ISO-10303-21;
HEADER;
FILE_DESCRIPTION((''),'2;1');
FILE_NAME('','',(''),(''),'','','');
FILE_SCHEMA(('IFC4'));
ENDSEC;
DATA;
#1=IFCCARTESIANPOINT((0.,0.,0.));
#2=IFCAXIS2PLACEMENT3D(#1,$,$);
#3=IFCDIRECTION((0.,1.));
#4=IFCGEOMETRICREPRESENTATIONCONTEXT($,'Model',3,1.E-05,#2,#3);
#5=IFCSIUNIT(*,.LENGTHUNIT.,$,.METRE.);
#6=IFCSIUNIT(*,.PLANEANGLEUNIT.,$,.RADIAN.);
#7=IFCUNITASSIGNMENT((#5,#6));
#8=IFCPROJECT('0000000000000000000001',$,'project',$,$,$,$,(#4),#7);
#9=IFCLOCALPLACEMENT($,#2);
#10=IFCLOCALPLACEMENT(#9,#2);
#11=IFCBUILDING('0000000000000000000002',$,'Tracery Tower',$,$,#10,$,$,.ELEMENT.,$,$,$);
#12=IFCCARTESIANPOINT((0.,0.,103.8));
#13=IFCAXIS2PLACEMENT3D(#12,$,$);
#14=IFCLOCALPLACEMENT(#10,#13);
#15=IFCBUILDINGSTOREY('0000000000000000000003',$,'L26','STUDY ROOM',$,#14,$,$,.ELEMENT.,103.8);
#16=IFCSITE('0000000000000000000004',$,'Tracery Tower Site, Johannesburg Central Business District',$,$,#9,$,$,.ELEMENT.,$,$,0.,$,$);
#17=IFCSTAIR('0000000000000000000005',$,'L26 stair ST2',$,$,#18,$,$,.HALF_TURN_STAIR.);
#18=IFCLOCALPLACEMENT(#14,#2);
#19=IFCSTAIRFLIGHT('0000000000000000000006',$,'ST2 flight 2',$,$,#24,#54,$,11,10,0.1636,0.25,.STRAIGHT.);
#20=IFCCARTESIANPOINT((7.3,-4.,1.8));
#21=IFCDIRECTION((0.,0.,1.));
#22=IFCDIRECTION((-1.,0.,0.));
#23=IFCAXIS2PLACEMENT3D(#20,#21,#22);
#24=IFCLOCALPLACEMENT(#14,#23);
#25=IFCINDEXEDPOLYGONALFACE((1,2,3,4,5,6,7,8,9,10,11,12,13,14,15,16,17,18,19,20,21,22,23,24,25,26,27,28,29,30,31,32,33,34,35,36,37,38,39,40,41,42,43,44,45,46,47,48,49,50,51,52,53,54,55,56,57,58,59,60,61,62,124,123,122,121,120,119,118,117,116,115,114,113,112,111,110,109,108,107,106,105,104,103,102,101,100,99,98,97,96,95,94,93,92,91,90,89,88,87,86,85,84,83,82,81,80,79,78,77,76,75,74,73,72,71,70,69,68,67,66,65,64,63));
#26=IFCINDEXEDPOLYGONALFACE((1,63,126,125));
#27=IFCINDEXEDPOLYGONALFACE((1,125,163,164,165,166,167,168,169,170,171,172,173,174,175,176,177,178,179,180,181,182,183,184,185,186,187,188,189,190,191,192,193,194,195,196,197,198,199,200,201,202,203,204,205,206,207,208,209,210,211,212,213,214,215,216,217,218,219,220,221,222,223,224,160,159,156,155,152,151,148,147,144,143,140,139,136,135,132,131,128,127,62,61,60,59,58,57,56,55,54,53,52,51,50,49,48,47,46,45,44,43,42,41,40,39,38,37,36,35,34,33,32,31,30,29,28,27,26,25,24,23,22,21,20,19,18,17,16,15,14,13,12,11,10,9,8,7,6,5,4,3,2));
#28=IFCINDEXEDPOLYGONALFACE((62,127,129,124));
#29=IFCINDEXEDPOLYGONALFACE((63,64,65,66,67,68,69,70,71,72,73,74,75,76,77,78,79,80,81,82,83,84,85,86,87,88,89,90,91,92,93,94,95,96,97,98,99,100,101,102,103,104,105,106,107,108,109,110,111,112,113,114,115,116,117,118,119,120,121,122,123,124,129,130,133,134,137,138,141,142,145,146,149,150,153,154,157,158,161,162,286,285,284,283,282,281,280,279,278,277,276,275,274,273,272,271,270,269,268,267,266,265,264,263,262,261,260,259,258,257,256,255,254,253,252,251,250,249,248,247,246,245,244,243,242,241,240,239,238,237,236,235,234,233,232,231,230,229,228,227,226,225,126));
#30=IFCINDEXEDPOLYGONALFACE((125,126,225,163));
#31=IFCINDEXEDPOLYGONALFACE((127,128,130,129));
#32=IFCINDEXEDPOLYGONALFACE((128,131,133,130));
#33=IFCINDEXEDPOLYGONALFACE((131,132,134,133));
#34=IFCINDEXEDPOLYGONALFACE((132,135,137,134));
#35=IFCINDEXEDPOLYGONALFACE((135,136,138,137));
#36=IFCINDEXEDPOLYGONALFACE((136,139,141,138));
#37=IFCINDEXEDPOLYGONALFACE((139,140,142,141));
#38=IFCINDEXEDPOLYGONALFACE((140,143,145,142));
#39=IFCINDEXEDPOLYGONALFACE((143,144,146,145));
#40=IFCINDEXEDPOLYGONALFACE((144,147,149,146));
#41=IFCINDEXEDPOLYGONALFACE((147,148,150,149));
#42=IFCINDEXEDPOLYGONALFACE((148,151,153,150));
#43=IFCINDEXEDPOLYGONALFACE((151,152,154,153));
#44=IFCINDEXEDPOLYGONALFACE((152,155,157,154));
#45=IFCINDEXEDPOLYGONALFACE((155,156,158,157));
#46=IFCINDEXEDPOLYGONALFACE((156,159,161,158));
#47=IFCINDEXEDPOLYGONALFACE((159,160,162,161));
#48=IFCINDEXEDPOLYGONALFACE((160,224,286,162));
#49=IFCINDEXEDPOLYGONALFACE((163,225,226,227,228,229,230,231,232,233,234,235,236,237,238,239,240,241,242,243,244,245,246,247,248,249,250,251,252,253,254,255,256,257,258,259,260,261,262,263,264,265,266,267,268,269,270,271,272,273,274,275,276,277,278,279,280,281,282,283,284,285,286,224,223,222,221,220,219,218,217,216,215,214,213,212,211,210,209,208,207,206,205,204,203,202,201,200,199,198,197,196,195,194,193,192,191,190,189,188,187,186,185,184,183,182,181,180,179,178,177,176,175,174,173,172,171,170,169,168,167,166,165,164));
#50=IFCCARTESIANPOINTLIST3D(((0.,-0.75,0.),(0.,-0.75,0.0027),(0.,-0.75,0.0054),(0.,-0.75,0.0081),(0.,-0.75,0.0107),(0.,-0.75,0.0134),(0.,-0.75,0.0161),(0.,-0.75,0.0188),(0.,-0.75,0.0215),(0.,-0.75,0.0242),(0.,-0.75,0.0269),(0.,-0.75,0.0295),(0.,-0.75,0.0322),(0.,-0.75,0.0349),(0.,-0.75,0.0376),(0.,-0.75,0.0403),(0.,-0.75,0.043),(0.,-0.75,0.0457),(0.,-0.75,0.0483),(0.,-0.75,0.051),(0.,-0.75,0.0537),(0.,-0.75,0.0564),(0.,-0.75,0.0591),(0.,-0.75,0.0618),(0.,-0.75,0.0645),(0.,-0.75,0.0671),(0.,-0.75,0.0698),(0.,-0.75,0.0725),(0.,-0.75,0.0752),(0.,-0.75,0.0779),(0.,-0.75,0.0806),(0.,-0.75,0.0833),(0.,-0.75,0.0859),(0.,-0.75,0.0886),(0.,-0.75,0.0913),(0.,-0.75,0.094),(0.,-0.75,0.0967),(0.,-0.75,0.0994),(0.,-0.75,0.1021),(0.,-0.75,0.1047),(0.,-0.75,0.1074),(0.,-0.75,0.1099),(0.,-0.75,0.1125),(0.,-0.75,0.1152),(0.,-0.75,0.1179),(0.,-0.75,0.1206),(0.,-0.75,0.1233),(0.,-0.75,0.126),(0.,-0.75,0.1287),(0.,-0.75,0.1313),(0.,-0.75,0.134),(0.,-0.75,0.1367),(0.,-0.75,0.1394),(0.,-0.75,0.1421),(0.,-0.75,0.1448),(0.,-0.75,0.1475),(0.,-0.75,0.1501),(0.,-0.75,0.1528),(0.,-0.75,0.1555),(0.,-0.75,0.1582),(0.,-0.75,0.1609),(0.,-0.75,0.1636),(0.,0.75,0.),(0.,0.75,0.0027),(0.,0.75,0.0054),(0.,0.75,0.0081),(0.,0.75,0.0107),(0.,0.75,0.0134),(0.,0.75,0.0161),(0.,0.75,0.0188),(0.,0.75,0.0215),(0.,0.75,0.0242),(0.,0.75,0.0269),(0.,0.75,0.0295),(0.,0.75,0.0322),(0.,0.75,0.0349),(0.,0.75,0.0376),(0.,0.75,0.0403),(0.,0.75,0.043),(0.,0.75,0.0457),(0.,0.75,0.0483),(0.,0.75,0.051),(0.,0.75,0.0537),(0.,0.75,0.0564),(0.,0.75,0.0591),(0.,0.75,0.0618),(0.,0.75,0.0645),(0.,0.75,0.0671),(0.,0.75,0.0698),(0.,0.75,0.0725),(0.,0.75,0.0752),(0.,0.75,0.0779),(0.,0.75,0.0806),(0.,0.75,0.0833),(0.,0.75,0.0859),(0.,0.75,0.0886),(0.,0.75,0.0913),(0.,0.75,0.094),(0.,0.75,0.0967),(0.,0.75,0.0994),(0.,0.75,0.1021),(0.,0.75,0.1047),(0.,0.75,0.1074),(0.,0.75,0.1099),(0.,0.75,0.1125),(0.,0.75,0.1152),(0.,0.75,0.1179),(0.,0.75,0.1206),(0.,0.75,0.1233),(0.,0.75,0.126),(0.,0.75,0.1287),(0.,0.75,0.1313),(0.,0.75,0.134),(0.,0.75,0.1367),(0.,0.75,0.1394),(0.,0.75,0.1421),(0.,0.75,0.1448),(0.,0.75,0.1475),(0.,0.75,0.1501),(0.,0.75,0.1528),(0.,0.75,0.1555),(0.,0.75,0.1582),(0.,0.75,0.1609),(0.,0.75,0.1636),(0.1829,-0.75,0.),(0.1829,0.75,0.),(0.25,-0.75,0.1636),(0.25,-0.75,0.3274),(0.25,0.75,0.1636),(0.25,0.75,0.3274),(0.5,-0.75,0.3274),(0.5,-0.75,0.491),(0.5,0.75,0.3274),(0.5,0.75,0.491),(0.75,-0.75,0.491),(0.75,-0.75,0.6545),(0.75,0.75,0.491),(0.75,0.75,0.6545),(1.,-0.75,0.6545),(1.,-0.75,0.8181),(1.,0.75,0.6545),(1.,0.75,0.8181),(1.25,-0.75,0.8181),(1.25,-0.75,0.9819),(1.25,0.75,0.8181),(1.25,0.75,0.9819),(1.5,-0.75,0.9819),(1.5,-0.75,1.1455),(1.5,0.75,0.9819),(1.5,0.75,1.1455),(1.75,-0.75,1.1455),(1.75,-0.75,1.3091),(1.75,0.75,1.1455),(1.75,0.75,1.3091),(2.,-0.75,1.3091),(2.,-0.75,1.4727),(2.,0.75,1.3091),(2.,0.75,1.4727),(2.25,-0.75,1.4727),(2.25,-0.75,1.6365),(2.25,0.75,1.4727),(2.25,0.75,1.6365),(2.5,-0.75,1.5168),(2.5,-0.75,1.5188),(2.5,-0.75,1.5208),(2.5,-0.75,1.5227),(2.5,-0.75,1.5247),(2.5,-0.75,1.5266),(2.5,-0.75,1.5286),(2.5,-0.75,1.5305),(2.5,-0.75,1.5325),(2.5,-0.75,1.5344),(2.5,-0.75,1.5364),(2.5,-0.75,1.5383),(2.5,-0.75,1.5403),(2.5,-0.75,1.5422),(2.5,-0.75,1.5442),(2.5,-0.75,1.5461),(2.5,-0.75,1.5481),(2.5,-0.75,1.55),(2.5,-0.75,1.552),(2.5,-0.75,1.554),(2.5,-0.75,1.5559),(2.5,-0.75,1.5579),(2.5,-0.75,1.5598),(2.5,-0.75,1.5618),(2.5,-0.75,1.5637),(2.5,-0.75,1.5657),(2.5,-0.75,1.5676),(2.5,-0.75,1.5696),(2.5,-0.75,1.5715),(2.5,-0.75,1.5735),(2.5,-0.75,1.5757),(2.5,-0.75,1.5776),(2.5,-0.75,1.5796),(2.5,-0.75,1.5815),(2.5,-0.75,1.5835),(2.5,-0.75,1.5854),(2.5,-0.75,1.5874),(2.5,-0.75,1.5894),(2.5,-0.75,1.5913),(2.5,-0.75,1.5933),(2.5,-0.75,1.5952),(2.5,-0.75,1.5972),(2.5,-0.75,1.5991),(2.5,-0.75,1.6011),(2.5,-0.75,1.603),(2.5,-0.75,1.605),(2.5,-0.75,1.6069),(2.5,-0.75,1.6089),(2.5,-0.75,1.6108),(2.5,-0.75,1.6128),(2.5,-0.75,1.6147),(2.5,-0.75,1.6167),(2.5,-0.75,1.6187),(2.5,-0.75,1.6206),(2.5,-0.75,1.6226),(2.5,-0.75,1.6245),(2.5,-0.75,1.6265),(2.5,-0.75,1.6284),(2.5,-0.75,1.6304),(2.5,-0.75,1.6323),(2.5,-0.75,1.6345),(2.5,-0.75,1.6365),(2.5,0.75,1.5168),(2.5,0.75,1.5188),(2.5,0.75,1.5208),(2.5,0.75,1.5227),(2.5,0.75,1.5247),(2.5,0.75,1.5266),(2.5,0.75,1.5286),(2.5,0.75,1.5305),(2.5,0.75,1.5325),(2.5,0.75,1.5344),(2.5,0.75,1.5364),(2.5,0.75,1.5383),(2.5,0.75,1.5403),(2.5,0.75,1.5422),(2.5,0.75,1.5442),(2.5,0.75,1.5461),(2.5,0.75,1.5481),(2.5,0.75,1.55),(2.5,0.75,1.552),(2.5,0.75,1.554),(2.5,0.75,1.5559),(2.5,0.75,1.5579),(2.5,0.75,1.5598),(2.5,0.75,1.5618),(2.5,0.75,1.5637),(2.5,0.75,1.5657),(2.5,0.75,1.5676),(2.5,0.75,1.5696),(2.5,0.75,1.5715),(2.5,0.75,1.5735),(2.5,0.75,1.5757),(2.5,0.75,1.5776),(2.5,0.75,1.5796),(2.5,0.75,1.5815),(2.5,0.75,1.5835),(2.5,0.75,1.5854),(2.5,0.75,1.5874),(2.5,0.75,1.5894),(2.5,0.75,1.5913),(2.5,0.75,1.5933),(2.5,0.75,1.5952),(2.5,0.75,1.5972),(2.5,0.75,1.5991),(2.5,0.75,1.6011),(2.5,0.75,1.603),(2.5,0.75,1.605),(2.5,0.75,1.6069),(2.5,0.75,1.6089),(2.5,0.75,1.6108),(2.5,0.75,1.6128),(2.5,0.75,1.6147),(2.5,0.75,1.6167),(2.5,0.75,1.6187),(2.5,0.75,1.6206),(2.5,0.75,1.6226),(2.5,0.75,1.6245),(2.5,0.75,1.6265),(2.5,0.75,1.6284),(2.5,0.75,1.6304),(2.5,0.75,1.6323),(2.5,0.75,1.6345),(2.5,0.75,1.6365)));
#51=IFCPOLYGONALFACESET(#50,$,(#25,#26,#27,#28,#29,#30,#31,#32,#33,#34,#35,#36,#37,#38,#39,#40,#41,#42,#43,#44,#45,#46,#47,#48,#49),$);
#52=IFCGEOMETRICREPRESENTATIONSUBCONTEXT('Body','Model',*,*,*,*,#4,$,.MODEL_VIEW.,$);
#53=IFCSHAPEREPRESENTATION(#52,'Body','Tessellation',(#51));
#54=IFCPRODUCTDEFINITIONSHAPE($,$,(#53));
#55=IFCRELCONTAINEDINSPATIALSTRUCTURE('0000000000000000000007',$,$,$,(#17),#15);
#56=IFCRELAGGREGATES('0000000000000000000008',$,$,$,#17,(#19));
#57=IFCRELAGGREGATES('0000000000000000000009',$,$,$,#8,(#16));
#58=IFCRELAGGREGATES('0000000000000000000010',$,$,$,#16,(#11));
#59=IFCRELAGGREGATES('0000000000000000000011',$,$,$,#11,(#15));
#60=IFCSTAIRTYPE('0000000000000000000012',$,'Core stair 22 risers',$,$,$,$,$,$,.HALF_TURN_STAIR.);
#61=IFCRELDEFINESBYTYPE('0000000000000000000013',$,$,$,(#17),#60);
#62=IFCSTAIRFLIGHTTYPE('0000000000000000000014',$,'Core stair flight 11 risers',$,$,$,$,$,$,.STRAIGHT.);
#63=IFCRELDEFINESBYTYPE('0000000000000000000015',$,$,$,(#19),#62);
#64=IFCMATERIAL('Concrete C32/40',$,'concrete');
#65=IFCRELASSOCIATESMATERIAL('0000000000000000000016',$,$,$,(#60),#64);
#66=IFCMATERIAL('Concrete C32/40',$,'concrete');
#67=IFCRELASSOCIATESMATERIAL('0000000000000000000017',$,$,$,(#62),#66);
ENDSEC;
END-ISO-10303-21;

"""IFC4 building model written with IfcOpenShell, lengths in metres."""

from ifc_helpers import new_model, si_unit, direction, frame, origin, place, context, subcontext, project, spatial, polyline, outline, extrude, material, type_object, element, aggregate, save


model = new_model("IFC4")

# Units and contexts
model_context = context("Model", 3, precision=1e-05, world=origin(), true_north=direction((0.0, 1.0)))
body_context = subcontext(model_context, "Body", "Model", "MODEL_VIEW")
ifc_project = project(units=[si_unit("LENGTHUNIT", "METRE"), si_unit("PLANEANGLEUNIT", "RADIAN")], contexts=[model_context])

# Site, building, storey
site_placement = place(None, origin())
site = spatial("IfcSite", under=ifc_project, at=site_placement, Name="Tracery Tower Site, Johannesburg Central Business District", CompositionType="ELEMENT", RefElevation=0.0)
building_placement = place(site_placement, origin())
building = spatial("IfcBuilding", under=site, at=building_placement, Name="Tracery Tower", CompositionType="ELEMENT")
storey_placement = place(building_placement, frame((0.0, 0.0, 103.8)))
storey = spatial("IfcBuildingStorey", under=building, at=storey_placement, Name="L26", Description="STUDY ROOM", CompositionType="ELEMENT", Elevation=103.8)

# Shared definitions
ifc_material_1 = material(Name="Concrete C32/40", Category="concrete")
stair_type = type_object("IfcStairType", Name="Core stair 22 risers", PredefinedType="HALF_TURN_STAIR", material=ifc_material_1)

# Stair, stair flight
stair_1_placement = place(storey_placement, origin())
stair_1 = element("IfcStair", 1, at=stair_1_placement, inside=storey, type_object=stair_type, Name="L26 stair ST2", PredefinedType="HALF_TURN_STAIR")
ifc_material_2 = material(Name="Concrete C32/40", Category="concrete")
stair_flight_type = type_object("IfcStairFlightType", Name="Core stair flight 11 risers", PredefinedType="STRAIGHT", material=ifc_material_2)
stair_flight_1_placement = place(storey_placement, frame((7.3, -4.0, 1.8), z_axis=(0.0, 0.0, 1.0), x_axis=(-1.0, 0.0, 0.0)))
stair_flight_1 = element("IfcStairFlight", 2, at=stair_flight_1_placement, type_object=stair_flight_type, Name="ST2 flight 2", NumberOfRisers=11, NumberOfTreads=10, PredefinedType="STRAIGHT", RiserHeight=0.1636, TreadLength=0.25, context=body_context, shape_type="SweptSolid", body=[
    extrude(outline(polyline([(0.0, 0.0), (0.0, 0.0027), (0.0, 0.0054), (0.0, 0.0081), (0.0, 0.0107), (0.0, 0.0134), (0.0, 0.0161), (0.0, 0.0188), (0.0, 0.0215), (0.0, 0.0242), (0.0, 0.0269), (0.0, 0.0295), (0.0, 0.0322), (0.0, 0.0349), (0.0, 0.0376), (0.0, 0.0403), (0.0, 0.043), (0.0, 0.0457), (0.0, 0.0483), (0.0, 0.051), (0.0, 0.0537), (0.0, 0.0564), (0.0, 0.0591), (0.0, 0.0618), (0.0, 0.0645), (0.0, 0.0671), (0.0, 0.0698), (0.0, 0.0725), (0.0, 0.0752), (0.0, 0.0779), (0.0, 0.0806), (0.0, 0.0833), (0.0, 0.0859), (0.0, 0.0886), (0.0, 0.0913), (0.0, 0.094), (0.0, 0.0967), (0.0, 0.0994), (0.0, 0.1021), (0.0, 0.1047), (0.0, 0.1074), (0.0, 0.1099), (0.0, 0.1125), (0.0, 0.1152), (0.0, 0.1179), (0.0, 0.1206), (0.0, 0.1233), (0.0, 0.126), (0.0, 0.1287), (0.0, 0.1313), (0.0, 0.134), (0.0, 0.1367), (0.0, 0.1394), (0.0, 0.1421), (0.0, 0.1448), (0.0, 0.1475), (0.0, 0.1501), (0.0, 0.1528), (0.0, 0.1555), (0.0, 0.1582), (0.0, 0.1609), (0.0, 0.1636), (0.25, 0.1636), (0.25, 0.3274), (0.5, 0.3274), (0.5, 0.491), (0.75, 0.491), (0.75, 0.6545), (1.0, 0.6545), (1.0, 0.8181), (1.25, 0.8181), (1.25, 0.9819), (1.5, 0.9819), (1.5, 1.1455), (1.75, 1.1455), (1.75, 1.3091), (2.0, 1.3091), (2.0, 1.4727), (2.25, 1.4727), (2.25, 1.6365), (2.5, 1.6365), (2.5, 1.6345), (2.5, 1.6323), (2.5, 1.6304), (2.5, 1.6284), (2.5, 1.6265), (2.5, 1.6245), (2.5, 1.6226), (2.5, 1.6206), (2.5, 1.6187), (2.5, 1.6167), (2.5, 1.6147), (2.5, 1.6128), (2.5, 1.6108), (2.5, 1.6089), (2.5, 1.6069), (2.5, 1.605), (2.5, 1.603), (2.5, 1.6011), (2.5, 1.5991), (2.5, 1.5972), (2.5, 1.5952), (2.5, 1.5933), (2.5, 1.5913), (2.5, 1.5894), (2.5, 1.5874), (2.5, 1.5854), (2.5, 1.5835), (2.5, 1.5815), (2.5, 1.5796), (2.5, 1.5776), (2.5, 1.5757), (2.5, 1.5735), (2.5, 1.5715), (2.5, 1.5696), (2.5, 1.5676), (2.5, 1.5657), (2.5, 1.5637), (2.5, 1.5618), (2.5, 1.5598), (2.5, 1.5579), (2.5, 1.5559), (2.5, 1.554), (2.5, 1.552), (2.5, 1.55), (2.5, 1.5481), (2.5, 1.5461), (2.5, 1.5442), (2.5, 1.5422), (2.5, 1.5403), (2.5, 1.5383), (2.5, 1.5364), (2.5, 1.5344), (2.5, 1.5325), (2.5, 1.5305), (2.5, 1.5286), (2.5, 1.5266), (2.5, 1.5247), (2.5, 1.5227), (2.5, 1.5208), (2.5, 1.5188), (2.5, 1.5168), (0.1829, 0.0), (0.0, 0.0)])), frame((0.0, 0.75, 0.0), z_axis=(0.0, -1.0, 0.0), x_axis=(1.0, 0.0, 0.0)), (0.0, 0.0, 1.0), 1.5),
])
aggregate(stair_1, [stair_flight_1])

save(model, "model.ifc")
